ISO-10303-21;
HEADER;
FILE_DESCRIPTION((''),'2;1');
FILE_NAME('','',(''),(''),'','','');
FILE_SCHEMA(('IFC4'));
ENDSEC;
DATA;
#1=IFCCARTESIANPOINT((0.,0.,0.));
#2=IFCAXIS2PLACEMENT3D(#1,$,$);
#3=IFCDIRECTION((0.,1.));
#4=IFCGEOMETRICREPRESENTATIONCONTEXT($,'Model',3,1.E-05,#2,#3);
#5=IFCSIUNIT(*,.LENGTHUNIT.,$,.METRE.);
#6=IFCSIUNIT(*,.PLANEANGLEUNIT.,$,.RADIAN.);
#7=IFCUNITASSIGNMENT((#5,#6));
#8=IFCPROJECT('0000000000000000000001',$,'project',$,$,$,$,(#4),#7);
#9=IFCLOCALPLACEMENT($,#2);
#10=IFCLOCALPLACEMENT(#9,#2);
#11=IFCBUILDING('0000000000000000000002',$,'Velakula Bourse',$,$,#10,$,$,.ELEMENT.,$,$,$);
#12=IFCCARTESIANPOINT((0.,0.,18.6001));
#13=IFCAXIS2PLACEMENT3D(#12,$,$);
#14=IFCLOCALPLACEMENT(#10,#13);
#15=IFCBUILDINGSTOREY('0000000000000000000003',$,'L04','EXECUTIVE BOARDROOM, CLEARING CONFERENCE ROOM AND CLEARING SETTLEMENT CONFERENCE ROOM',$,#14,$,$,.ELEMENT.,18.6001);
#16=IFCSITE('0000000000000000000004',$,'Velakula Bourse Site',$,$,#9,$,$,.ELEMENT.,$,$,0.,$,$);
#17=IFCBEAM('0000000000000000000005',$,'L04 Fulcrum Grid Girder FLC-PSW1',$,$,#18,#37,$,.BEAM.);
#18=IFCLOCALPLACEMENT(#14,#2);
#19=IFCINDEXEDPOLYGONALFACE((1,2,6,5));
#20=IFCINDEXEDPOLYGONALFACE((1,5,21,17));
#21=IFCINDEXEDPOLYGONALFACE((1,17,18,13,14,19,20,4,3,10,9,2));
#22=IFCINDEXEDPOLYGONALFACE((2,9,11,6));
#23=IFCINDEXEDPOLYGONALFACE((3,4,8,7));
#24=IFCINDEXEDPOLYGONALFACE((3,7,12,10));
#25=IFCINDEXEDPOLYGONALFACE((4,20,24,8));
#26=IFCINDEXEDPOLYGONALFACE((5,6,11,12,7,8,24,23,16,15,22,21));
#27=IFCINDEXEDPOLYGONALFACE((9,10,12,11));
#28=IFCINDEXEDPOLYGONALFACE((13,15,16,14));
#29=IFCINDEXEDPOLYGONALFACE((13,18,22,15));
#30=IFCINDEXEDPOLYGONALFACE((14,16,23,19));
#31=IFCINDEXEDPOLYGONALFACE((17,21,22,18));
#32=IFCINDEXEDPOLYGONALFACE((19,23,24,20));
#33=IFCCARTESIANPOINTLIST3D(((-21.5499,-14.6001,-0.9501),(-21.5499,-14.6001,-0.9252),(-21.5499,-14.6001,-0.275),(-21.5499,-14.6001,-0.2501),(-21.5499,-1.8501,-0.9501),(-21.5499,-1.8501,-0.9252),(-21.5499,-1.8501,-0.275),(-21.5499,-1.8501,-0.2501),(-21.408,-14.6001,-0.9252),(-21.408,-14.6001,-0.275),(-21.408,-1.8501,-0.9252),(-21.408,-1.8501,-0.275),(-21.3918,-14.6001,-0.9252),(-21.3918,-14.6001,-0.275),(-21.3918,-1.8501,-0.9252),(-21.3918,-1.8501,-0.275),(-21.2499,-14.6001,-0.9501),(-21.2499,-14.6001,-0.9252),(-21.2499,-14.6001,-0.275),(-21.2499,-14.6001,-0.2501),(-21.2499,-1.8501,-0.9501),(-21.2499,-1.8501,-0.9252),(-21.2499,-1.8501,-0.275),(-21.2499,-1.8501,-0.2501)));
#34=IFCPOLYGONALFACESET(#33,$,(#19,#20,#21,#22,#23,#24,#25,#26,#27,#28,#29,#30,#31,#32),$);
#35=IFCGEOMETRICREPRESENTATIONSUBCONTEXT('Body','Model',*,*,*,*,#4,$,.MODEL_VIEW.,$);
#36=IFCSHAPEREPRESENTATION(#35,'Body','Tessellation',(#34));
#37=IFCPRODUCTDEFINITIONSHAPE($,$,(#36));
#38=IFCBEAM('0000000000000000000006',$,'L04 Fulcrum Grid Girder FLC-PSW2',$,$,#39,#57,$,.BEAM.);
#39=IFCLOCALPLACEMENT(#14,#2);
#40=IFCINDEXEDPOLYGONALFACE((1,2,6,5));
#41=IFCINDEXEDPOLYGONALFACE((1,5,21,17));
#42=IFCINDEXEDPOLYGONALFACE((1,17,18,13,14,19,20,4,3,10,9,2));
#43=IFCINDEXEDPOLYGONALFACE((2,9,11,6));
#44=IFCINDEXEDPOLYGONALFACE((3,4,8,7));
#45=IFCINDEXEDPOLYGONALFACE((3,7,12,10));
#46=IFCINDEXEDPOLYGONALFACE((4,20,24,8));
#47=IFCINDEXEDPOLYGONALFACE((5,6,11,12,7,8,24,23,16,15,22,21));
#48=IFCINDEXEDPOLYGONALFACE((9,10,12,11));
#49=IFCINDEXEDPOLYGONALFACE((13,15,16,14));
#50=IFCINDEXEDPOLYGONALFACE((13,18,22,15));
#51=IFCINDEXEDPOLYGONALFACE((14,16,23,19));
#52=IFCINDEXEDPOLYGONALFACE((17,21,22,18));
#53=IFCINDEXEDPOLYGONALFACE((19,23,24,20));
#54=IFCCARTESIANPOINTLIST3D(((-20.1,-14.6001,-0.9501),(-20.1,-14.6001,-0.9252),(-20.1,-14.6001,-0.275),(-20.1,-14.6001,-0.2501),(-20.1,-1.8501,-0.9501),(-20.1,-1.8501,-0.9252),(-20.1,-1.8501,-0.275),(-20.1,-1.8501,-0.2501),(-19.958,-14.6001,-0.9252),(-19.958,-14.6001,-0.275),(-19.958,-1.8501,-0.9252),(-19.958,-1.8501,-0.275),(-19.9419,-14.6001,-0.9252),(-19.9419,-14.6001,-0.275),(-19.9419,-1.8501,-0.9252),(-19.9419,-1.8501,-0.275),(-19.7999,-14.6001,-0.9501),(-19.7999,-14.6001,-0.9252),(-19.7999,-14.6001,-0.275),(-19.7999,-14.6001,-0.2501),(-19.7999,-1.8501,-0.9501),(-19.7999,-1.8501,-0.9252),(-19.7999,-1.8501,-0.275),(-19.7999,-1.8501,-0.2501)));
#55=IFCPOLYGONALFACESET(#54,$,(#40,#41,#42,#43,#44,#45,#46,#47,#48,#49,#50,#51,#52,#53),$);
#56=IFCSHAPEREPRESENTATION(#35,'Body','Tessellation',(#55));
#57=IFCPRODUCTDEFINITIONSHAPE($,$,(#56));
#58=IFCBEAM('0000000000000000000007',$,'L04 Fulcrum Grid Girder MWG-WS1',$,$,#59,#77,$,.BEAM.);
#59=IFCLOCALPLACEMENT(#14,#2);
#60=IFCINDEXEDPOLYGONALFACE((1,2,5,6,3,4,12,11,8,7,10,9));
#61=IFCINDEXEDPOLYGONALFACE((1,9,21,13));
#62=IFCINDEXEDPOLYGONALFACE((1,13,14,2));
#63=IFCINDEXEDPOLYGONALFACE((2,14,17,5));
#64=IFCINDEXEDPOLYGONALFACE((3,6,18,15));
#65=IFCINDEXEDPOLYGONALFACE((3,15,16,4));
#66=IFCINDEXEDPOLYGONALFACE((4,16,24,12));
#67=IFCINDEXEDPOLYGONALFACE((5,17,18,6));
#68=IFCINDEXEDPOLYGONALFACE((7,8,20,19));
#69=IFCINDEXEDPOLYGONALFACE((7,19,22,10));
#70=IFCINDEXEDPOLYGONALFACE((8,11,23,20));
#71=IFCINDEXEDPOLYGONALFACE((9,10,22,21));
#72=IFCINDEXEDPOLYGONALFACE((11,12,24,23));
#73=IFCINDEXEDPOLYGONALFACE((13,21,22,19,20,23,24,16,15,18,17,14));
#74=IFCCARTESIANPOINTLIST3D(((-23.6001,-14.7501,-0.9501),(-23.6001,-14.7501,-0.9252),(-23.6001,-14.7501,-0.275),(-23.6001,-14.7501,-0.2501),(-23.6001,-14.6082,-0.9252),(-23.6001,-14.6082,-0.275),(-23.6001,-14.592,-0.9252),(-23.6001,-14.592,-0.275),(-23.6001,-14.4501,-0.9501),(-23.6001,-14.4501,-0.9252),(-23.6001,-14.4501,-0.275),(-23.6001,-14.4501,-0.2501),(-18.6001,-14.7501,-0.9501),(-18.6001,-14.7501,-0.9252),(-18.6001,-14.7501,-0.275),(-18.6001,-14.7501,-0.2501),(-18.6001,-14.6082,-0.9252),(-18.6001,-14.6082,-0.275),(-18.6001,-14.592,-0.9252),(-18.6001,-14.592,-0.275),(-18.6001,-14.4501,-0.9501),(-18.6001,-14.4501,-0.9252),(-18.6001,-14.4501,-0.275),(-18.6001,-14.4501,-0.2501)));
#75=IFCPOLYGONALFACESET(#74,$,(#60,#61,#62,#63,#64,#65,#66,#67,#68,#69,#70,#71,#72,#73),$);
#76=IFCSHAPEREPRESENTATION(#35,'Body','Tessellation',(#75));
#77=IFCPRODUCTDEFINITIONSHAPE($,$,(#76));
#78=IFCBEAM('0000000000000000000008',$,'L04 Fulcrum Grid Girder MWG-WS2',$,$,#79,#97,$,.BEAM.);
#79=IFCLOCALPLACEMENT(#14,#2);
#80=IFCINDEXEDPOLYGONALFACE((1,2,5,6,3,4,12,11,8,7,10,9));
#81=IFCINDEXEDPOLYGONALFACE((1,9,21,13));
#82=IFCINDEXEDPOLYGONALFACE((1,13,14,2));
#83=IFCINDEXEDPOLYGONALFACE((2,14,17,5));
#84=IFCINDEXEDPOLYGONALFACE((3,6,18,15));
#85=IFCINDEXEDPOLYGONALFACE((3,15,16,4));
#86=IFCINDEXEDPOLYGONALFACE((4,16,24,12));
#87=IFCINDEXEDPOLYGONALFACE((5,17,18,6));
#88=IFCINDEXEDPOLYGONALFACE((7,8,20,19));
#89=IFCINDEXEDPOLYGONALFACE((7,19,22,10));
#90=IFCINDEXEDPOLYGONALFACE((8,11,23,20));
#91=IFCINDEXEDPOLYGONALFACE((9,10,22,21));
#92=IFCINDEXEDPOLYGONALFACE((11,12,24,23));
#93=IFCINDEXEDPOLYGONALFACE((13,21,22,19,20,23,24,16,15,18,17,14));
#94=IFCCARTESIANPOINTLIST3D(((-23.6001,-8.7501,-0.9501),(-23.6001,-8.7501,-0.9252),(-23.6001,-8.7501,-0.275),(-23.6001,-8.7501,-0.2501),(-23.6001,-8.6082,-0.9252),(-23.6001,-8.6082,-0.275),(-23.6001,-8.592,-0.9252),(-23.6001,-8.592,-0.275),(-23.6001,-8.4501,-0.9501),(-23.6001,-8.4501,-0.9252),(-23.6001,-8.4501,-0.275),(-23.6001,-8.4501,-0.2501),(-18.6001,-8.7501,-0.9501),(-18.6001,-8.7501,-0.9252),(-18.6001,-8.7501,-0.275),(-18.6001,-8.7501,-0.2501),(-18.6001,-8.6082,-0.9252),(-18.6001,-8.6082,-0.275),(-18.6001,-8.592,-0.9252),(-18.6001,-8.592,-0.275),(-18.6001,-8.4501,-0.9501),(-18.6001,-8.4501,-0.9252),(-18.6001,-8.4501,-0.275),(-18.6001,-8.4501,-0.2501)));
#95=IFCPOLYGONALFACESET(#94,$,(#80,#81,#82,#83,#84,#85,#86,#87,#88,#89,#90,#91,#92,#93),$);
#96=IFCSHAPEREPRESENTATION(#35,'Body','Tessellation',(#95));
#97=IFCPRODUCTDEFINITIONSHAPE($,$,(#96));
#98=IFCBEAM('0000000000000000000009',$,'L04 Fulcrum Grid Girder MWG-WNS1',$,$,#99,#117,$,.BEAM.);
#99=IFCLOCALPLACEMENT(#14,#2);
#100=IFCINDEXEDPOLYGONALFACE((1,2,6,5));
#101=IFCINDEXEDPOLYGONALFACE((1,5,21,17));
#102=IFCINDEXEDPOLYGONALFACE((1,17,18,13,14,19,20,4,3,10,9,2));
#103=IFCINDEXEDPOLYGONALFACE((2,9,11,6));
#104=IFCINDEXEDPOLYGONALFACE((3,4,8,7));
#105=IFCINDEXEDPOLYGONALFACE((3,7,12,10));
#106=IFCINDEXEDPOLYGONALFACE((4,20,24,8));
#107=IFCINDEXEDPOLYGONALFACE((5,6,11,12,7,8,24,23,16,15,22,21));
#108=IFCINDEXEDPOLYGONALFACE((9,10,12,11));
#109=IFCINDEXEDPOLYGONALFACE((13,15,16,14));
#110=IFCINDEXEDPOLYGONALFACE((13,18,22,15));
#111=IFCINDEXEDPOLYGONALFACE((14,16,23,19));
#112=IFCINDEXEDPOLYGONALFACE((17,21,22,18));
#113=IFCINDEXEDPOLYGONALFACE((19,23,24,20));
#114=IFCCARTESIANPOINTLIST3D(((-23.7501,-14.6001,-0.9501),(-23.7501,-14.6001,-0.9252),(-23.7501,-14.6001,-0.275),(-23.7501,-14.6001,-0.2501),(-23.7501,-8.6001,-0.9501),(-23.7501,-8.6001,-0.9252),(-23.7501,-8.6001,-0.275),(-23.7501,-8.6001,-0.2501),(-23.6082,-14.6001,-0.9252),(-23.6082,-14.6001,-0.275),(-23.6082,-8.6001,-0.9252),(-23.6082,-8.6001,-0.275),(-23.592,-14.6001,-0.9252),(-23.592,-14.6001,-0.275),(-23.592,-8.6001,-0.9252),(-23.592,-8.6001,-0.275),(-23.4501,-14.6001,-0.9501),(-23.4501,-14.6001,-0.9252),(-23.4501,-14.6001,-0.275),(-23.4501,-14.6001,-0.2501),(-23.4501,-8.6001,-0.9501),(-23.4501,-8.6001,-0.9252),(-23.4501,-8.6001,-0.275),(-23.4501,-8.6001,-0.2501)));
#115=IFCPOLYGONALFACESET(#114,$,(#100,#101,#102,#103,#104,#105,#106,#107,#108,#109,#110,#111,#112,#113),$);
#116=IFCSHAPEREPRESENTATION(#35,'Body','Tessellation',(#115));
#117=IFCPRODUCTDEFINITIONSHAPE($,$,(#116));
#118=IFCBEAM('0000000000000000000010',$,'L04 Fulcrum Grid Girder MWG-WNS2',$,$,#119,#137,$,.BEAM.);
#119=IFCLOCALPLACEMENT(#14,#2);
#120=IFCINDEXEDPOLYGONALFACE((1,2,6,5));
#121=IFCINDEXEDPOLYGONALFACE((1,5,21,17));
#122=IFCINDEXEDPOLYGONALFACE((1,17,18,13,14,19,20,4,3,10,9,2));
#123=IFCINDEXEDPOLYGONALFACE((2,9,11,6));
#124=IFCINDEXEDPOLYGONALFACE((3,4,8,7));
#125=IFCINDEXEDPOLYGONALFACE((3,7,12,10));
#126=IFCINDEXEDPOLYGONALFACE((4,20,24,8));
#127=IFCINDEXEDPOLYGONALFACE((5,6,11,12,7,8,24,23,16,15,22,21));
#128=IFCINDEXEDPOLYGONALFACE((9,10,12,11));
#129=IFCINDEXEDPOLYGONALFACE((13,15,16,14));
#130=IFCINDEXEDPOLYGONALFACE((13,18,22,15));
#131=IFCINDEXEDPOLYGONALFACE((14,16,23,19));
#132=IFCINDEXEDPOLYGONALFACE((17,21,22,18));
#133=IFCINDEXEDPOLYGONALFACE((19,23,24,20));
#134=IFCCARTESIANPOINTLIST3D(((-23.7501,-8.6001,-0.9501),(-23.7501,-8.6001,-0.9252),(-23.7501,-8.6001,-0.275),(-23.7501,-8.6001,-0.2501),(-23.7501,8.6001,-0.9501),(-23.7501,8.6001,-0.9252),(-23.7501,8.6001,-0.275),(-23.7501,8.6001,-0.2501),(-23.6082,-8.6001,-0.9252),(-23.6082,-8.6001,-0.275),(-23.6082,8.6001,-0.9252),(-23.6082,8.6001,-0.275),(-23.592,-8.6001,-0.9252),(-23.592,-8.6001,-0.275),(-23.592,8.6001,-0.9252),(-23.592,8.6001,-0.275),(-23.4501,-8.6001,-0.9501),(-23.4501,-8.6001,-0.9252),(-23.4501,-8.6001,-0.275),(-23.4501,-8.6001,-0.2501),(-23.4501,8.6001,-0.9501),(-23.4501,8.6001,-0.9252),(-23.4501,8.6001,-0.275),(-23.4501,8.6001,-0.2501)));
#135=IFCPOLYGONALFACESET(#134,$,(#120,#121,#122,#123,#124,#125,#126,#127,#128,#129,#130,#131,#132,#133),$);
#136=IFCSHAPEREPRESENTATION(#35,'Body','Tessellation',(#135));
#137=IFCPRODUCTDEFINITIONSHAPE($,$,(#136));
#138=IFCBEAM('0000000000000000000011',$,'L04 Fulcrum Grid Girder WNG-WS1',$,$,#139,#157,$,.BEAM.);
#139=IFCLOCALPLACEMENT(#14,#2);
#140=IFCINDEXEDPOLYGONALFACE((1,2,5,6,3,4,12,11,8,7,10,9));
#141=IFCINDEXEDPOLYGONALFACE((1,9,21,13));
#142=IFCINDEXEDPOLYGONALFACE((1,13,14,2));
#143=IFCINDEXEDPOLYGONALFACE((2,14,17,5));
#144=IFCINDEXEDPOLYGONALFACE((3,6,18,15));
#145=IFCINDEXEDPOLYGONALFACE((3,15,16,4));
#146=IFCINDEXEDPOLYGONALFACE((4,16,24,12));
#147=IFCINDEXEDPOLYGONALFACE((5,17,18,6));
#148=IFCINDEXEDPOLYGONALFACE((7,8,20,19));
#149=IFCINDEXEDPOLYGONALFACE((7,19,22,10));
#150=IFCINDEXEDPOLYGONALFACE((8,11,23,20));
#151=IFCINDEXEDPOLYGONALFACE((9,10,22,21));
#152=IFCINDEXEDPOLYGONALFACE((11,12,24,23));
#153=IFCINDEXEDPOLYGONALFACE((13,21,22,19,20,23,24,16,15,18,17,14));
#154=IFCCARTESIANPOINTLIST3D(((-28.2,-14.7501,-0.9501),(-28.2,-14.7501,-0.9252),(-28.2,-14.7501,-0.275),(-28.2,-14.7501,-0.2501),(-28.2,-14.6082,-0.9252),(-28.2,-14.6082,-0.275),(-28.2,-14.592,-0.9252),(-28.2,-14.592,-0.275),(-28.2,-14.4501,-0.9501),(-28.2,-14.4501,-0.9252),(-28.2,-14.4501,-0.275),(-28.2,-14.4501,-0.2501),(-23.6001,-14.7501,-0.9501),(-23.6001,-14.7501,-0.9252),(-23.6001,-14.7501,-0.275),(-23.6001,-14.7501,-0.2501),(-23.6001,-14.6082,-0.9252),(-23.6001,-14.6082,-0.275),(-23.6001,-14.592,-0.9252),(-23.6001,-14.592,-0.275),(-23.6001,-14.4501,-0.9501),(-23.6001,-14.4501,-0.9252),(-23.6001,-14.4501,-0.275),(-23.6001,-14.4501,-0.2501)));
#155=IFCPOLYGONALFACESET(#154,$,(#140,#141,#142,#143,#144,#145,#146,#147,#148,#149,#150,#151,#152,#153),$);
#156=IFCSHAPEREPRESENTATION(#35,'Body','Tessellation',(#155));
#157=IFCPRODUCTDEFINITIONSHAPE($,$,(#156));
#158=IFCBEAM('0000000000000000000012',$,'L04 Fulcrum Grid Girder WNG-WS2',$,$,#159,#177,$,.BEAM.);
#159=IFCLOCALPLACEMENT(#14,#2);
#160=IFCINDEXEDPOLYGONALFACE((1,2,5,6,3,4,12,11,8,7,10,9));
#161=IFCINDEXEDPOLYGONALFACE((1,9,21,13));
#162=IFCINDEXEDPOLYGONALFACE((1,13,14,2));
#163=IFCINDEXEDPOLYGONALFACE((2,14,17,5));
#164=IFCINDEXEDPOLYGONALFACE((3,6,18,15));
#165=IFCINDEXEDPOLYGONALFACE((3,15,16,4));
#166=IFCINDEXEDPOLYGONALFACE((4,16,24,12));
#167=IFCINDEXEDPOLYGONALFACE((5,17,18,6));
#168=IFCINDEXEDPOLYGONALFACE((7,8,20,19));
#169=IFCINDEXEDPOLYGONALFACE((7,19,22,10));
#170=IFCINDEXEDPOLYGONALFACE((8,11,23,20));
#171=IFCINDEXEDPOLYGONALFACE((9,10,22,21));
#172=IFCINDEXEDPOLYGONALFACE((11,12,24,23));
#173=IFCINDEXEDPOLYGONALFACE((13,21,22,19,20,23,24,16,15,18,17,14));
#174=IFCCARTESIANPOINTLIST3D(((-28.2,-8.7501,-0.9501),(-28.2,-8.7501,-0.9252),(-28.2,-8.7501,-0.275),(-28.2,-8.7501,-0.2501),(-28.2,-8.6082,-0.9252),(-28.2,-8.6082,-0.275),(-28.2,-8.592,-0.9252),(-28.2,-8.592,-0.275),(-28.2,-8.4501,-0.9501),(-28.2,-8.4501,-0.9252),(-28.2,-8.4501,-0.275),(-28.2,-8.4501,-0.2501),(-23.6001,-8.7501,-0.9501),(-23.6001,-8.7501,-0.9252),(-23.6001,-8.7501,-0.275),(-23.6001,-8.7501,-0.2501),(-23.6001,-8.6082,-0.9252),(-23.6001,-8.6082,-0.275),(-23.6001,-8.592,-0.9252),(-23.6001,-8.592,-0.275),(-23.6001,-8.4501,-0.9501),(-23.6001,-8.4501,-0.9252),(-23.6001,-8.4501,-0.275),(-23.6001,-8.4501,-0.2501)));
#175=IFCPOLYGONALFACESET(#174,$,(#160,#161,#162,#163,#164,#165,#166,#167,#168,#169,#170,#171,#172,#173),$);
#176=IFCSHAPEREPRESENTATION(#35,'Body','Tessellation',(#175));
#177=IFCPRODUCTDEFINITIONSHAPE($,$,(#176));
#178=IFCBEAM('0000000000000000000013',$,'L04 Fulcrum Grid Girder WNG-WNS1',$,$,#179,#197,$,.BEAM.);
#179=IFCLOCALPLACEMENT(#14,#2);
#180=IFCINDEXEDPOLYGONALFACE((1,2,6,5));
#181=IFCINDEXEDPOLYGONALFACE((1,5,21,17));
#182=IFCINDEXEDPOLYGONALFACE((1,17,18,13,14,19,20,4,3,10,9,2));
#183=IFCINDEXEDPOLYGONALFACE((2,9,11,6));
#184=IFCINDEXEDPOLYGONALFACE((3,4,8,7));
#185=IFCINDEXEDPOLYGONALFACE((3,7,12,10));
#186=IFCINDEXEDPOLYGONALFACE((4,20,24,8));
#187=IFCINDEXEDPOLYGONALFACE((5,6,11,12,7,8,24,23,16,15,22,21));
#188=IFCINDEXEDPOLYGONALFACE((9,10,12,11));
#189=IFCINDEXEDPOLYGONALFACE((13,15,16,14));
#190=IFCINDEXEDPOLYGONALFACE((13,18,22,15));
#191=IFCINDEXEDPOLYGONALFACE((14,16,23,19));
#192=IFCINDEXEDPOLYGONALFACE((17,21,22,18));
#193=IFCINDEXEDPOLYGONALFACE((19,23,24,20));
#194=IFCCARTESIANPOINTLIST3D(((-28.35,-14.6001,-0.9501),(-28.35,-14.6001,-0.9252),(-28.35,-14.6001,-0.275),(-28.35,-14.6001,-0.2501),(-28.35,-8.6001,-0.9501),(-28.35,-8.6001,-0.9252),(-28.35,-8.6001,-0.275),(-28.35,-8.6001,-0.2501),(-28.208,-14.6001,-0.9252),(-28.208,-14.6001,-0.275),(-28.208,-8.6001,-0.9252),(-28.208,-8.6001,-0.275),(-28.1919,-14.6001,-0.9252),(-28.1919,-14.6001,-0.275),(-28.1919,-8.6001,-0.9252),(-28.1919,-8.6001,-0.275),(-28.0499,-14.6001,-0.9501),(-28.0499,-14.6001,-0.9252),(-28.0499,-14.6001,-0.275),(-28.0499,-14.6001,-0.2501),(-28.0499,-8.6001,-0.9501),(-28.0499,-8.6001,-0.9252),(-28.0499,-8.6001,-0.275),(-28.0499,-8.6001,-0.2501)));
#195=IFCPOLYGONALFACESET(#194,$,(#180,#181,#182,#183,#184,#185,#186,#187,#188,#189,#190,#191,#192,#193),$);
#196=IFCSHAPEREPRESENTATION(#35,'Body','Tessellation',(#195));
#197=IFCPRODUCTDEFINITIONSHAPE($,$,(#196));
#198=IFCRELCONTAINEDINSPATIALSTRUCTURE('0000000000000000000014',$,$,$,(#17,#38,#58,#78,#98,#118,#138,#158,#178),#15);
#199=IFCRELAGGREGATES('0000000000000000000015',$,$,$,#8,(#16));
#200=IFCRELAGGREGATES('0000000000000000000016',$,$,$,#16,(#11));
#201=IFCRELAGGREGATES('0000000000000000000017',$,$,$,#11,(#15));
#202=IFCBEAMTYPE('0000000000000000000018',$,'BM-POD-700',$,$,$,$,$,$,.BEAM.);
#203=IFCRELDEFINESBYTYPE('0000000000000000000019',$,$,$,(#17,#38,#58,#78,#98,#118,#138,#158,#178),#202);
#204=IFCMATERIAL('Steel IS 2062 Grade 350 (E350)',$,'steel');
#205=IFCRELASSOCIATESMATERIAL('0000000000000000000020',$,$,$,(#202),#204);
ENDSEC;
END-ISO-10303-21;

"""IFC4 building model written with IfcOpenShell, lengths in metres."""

from ifc_helpers import new_model, si_unit, direction, frame, origin, origin_2d, place, context, subcontext, project, spatial, i_section, extrude, material, material_profile, profile_set, type_object, element, save


model = new_model("IFC4")

# Units and contexts
model_context = context("Model", 3, precision=1e-05, world=origin(), true_north=direction((0.0, 1.0)))
body_context = subcontext(model_context, "Body", "Model", "MODEL_VIEW")
ifc_project = project(units=[si_unit("LENGTHUNIT", "METRE"), si_unit("PLANEANGLEUNIT", "RADIAN")], contexts=[model_context])

# Site, building, storey
site_placement = place(None, origin())
site = spatial("IfcSite", under=ifc_project, at=site_placement, Name="Velakula Bourse Site", CompositionType="ELEMENT", RefElevation=0.0)
building_placement = place(site_placement, origin())
building = spatial("IfcBuilding", under=site, at=building_placement, Name="Velakula Bourse", CompositionType="ELEMENT")
storey_placement = place(building_placement, frame((0.0, 0.0, 18.6001)))
storey = spatial("IfcBuildingStorey", under=building, at=storey_placement, Name="L04", Description="EXECUTIVE BOARDROOM, CLEARING CONFERENCE ROOM AND CLEARING SETTLEMENT CONFERENCE ROOM", CompositionType="ELEMENT", Elevation=18.6001)

# Beams
ifc_material_1 = material(Name="Steel IS 2062 Grade 350 (E350)", Category="steel")
ifc_material_profile_1 = material_profile(ifc_material_1, i_section(OverallWidth=0.3, OverallDepth=0.7, WebThickness=0.0161, FlangeThickness=0.0249, at=origin_2d()), Name="Steel IS 2062 Grade 350 (E350)")
ifc_profile_set_1 = profile_set([ifc_material_profile_1], Name="Steel IS 2062 Grade 350 (E350)")
beam_type_1 = type_object("IfcBeamType", Name="BM-POD-700", PredefinedType="BEAM", material=ifc_profile_set_1)
for number, where, z_axis, x_axis, name in (
    (1, (-21.3999, -14.6001, -0.6001), (0.0, 1.0, 0.0), (-1.0, 0.0, 0.0), "L04 Fulcrum Grid Girder FLC-PSW1"),
    (2, (-19.95, -14.6001, -0.6001), (0.0, 1.0, 0.0), (-1.0, 0.0, 0.0), "L04 Fulcrum Grid Girder FLC-PSW2"),
):
    element("IfcBeam", number, at=place(storey_placement, frame(where, z_axis=z_axis, x_axis=x_axis)), inside=storey, type_object=beam_type_1, Name=name, PredefinedType="BEAM", context=body_context, shape_type="SweptSolid", body=[
        extrude(i_section(OverallWidth=0.3, OverallDepth=0.7, WebThickness=0.0161, FlangeThickness=0.0249, at=origin_2d()), origin(), (0.0, 0.0, 1.0), 12.75),
    ])
for number, where, z_axis, x_axis, name in (
    (3, (-23.6001, -14.6001, -0.6001), (1.0, 0.0, 0.0), (0.0, 1.0, 0.0), "L04 Fulcrum Grid Girder MWG-WS1"),
    (4, (-23.6001, -8.6001, -0.6001), (1.0, 0.0, 0.0), (0.0, 1.0, 0.0), "L04 Fulcrum Grid Girder MWG-WS2"),
):
    element("IfcBeam", number, at=place(storey_placement, frame(where, z_axis=z_axis, x_axis=x_axis)), inside=storey, type_object=beam_type_1, Name=name, PredefinedType="BEAM", context=body_context, shape_type="SweptSolid", body=[
        extrude(i_section(OverallWidth=0.3, OverallDepth=0.7, WebThickness=0.0161, FlangeThickness=0.0249, at=origin_2d()), origin(), (0.0, 0.0, 1.0), 5.0),
    ])
beam_1_placement = place(storey_placement, frame((-23.6001, -14.6001, -0.6001), z_axis=(0.0, 1.0, 0.0), x_axis=(-1.0, 0.0, 0.0)))
element("IfcBeam", 5, at=beam_1_placement, inside=storey, type_object=beam_type_1, Name="L04 Fulcrum Grid Girder MWG-WNS1", PredefinedType="BEAM", context=body_context, shape_type="SweptSolid", body=[
    extrude(i_section(OverallWidth=0.3, OverallDepth=0.7, WebThickness=0.0161, FlangeThickness=0.0249, at=origin_2d()), origin(), (0.0, 0.0, 1.0), 6.0),
])
beam_2_placement = place(storey_placement, frame((-23.6001, -8.6001, -0.6001), z_axis=(0.0, 1.0, 0.0), x_axis=(-1.0, 0.0, 0.0)))
element("IfcBeam", 6, at=beam_2_placement, inside=storey, type_object=beam_type_1, Name="L04 Fulcrum Grid Girder MWG-WNS2", PredefinedType="BEAM", context=body_context, shape_type="SweptSolid", body=[
    extrude(i_section(OverallWidth=0.3, OverallDepth=0.7, WebThickness=0.0161, FlangeThickness=0.0249, at=origin_2d()), origin(), (0.0, 0.0, 1.0), 17.2002),
])
for number, where, z_axis, x_axis, name in (
    (7, (-28.2, -14.6001, -0.6001), (1.0, 0.0, 0.0), (0.0, 1.0, 0.0), "L04 Fulcrum Grid Girder WNG-WS1"),
    (8, (-28.2, -8.6001, -0.6001), (1.0, 0.0, 0.0), (0.0, 1.0, 0.0), "L04 Fulcrum Grid Girder WNG-WS2"),
):
    element("IfcBeam", number, at=place(storey_placement, frame(where, z_axis=z_axis, x_axis=x_axis)), inside=storey, type_object=beam_type_1, Name=name, PredefinedType="BEAM", context=body_context, shape_type="SweptSolid", body=[
        extrude(i_section(OverallWidth=0.3, OverallDepth=0.7, WebThickness=0.0161, FlangeThickness=0.0249, at=origin_2d()), origin(), (0.0, 0.0, 1.0), 4.5999),
    ])
beam_3_placement = place(storey_placement, frame((-28.2, -14.6001, -0.6001), z_axis=(0.0, 1.0, 0.0), x_axis=(-1.0, 0.0, 0.0)))
element("IfcBeam", 9, at=beam_3_placement, inside=storey, type_object=beam_type_1, Name="L04 Fulcrum Grid Girder WNG-WNS1", PredefinedType="BEAM", context=body_context, shape_type="SweptSolid", body=[
    extrude(i_section(OverallWidth=0.3, OverallDepth=0.7, WebThickness=0.0161, FlangeThickness=0.0249, at=origin_2d()), origin(), (0.0, 0.0, 1.0), 6.0),
])

save(model, "model.ifc")
